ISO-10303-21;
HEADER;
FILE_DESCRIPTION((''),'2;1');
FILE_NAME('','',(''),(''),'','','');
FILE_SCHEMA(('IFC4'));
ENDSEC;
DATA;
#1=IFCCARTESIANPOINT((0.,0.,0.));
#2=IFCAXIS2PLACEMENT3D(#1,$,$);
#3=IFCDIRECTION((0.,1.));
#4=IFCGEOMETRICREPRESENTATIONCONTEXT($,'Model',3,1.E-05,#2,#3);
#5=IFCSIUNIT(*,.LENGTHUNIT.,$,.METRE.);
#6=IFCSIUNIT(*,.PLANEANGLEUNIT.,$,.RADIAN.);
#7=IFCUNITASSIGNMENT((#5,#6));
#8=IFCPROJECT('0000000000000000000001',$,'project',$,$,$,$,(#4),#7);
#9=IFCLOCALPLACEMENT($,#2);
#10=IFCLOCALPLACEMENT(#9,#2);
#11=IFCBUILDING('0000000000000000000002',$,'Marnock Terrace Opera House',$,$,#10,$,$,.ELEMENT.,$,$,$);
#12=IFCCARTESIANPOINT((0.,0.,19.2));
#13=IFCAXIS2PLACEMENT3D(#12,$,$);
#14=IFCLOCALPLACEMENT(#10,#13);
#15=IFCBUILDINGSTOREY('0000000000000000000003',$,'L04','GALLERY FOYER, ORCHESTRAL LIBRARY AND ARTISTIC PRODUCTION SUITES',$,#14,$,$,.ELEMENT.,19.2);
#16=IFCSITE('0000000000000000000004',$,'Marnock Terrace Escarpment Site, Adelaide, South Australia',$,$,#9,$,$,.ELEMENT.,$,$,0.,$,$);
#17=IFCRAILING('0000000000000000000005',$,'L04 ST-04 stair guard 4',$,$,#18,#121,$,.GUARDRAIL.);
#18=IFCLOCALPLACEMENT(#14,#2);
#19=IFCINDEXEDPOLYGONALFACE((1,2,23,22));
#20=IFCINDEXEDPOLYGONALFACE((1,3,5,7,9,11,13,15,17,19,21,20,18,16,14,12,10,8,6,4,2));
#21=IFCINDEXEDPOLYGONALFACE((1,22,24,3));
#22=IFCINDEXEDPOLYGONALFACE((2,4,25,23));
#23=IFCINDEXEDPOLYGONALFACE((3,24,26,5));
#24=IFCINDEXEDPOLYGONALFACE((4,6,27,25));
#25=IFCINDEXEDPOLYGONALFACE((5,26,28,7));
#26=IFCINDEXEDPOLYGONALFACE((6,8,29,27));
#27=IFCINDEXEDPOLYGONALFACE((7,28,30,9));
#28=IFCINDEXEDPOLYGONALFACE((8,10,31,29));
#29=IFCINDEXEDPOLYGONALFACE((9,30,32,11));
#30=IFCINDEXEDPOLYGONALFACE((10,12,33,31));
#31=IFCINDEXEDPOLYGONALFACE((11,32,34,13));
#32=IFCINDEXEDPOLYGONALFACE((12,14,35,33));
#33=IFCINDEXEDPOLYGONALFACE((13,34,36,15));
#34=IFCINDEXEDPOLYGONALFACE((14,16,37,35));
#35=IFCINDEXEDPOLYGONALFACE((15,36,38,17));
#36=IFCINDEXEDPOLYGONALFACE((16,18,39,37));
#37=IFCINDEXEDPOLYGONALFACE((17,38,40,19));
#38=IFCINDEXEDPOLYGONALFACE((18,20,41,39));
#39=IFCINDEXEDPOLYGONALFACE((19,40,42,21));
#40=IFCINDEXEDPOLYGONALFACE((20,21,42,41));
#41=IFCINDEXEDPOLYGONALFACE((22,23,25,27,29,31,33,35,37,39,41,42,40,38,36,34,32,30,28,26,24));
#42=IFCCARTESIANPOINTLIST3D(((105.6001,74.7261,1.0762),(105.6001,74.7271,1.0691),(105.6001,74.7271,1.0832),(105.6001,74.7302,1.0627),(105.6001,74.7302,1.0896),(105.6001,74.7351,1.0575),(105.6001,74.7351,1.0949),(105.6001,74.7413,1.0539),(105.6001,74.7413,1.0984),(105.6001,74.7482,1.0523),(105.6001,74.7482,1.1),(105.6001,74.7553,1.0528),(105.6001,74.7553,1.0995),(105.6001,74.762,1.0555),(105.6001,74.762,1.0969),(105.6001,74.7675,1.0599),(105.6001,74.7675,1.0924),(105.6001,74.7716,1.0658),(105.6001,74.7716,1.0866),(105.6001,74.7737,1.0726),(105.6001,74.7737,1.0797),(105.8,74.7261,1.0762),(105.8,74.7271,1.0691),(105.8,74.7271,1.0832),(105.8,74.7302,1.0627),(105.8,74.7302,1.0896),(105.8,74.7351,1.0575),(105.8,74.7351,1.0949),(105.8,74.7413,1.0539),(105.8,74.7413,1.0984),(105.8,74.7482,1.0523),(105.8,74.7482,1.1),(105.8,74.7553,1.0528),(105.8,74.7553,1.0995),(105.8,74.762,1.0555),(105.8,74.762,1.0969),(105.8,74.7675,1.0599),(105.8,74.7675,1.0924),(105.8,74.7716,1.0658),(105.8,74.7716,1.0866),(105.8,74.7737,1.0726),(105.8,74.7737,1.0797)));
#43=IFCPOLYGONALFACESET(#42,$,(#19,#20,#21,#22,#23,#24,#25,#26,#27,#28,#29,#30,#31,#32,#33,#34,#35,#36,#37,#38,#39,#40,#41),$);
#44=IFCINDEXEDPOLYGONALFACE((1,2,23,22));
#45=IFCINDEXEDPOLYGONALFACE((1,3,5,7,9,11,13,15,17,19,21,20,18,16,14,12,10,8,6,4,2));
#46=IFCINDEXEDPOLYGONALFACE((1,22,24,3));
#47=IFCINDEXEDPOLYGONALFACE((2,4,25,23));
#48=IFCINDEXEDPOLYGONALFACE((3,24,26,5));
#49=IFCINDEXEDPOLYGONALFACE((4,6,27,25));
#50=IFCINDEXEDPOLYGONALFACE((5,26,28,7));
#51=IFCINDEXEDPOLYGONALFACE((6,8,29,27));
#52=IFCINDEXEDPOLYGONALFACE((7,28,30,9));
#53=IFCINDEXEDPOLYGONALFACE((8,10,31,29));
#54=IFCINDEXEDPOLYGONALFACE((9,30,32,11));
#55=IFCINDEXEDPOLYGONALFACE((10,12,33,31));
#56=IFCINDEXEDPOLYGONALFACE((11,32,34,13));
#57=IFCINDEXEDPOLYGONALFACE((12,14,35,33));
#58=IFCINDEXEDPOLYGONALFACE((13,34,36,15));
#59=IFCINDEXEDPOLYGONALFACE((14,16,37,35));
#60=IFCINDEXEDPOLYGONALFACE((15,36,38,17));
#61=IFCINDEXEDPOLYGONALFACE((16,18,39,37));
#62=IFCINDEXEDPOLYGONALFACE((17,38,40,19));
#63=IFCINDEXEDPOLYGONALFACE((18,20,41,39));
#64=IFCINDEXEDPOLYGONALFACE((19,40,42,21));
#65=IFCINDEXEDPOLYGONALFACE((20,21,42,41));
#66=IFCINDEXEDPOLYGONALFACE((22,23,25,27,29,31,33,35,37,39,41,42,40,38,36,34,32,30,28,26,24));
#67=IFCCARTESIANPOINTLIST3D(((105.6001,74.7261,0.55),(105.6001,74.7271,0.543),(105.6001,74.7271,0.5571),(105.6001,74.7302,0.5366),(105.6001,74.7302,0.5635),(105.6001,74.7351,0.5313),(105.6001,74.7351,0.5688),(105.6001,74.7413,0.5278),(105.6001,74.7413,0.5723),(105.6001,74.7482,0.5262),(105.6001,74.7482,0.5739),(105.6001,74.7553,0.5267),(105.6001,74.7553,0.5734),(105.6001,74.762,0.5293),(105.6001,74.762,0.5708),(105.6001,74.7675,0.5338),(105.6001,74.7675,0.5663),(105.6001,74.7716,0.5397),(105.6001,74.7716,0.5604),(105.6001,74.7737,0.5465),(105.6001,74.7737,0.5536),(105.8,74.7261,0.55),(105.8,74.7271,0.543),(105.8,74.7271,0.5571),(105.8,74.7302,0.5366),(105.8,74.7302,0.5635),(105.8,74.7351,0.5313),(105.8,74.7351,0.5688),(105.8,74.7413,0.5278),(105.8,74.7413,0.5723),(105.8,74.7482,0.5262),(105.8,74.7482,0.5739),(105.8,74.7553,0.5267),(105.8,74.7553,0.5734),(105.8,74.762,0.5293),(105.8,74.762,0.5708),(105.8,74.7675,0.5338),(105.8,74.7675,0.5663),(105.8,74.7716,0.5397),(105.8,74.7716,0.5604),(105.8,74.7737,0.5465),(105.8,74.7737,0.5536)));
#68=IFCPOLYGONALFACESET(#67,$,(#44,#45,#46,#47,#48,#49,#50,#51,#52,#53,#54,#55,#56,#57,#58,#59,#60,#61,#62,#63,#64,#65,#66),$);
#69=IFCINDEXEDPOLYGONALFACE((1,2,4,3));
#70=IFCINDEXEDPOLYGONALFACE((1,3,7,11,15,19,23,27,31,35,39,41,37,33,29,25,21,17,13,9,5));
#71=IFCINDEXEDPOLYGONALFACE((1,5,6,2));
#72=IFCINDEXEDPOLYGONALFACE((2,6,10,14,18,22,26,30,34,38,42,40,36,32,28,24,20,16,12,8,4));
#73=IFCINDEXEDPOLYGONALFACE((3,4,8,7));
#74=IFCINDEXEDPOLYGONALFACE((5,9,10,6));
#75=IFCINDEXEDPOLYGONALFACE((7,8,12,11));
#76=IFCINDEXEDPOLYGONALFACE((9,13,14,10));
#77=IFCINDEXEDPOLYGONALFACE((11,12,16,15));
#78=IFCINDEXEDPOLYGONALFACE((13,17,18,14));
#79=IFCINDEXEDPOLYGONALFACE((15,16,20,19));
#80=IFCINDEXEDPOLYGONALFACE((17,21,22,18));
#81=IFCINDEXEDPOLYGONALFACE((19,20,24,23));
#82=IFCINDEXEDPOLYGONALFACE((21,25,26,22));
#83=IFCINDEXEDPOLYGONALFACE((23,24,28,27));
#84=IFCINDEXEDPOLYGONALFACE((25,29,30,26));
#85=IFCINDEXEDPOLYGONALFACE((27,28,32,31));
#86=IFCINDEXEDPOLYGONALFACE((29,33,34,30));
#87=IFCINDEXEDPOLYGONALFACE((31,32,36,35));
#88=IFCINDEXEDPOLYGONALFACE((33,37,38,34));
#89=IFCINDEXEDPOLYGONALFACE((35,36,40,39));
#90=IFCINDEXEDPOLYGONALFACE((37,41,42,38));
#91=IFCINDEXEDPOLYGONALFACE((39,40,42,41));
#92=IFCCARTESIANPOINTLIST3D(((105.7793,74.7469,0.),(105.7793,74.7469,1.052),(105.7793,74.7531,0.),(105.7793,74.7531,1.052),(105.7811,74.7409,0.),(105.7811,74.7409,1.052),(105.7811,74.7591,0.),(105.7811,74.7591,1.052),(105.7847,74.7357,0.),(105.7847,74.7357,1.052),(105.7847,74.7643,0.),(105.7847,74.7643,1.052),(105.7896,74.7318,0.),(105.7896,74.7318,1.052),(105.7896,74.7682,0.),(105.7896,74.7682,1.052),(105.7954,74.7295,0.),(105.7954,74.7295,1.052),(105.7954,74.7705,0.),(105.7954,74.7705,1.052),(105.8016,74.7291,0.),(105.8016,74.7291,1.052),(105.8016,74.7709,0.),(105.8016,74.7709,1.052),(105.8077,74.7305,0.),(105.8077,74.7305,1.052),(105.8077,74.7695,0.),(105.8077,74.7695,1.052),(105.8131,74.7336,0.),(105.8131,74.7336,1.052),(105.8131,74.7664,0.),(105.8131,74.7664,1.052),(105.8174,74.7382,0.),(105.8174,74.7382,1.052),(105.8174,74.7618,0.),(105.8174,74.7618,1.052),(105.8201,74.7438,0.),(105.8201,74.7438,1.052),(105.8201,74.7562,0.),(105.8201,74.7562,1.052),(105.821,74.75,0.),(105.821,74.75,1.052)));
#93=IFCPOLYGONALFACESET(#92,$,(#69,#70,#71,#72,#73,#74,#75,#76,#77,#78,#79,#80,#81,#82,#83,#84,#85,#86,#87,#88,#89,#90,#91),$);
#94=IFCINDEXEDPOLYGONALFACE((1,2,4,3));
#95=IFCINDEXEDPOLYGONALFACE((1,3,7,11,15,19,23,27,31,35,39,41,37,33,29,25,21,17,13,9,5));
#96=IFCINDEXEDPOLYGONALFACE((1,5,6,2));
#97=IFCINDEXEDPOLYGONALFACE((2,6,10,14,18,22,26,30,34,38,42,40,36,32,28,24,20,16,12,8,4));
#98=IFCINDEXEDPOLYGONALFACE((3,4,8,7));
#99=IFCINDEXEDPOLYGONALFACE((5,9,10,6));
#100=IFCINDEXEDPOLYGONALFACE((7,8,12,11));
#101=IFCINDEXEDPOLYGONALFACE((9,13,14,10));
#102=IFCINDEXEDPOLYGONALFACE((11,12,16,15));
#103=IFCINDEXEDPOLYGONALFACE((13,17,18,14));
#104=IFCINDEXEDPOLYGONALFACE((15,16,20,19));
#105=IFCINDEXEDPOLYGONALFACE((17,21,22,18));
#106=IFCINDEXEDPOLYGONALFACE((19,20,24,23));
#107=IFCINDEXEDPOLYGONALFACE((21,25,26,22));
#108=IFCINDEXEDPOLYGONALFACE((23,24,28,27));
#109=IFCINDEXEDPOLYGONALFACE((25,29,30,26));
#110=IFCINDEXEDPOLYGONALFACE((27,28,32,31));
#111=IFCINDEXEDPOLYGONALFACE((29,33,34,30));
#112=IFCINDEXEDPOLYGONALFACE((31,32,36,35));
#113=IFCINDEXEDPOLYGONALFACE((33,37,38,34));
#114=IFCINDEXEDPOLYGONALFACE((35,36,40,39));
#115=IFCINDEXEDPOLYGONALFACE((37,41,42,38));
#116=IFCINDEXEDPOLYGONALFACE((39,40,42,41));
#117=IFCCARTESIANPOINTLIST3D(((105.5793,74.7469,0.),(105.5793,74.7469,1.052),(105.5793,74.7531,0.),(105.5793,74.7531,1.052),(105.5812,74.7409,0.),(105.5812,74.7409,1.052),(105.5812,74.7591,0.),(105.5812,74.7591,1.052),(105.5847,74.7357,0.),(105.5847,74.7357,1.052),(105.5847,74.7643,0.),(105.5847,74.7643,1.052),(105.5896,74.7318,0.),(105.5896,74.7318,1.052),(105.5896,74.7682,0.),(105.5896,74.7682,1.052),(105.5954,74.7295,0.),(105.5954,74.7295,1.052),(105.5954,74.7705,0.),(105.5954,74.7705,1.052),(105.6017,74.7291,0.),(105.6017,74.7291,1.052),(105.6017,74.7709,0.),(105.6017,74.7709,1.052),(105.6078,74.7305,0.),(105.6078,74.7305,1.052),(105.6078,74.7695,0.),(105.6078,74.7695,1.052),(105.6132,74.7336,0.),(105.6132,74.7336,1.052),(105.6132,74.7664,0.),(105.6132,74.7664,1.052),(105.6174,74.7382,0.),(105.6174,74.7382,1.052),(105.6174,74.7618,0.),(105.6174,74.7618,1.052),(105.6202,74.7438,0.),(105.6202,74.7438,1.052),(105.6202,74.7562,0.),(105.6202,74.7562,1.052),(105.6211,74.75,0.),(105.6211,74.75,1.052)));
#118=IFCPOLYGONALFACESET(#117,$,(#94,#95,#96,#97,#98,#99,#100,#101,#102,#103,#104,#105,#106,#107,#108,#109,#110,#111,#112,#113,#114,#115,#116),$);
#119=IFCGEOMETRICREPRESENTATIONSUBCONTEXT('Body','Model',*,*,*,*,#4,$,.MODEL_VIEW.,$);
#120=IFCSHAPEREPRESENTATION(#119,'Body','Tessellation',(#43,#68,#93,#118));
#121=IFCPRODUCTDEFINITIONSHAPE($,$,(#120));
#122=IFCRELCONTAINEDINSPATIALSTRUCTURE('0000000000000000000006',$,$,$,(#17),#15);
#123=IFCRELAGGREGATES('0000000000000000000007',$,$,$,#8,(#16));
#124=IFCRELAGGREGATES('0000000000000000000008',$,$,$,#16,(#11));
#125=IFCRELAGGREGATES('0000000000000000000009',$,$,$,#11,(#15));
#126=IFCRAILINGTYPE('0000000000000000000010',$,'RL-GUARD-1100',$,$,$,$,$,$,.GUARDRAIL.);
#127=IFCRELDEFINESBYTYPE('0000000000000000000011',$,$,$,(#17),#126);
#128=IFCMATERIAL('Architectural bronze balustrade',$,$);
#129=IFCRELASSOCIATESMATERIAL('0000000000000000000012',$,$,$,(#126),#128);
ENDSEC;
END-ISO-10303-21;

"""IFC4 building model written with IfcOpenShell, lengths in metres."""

from ifc_helpers import new_model, si_unit, direction, frame, origin, origin_2d, place, context, subcontext, project, spatial, circle, extrude, material, type_object, element, save


model = new_model("IFC4")

# Units and contexts
model_context = context("Model", 3, precision=1e-05, world=origin(), true_north=direction((0.0, 1.0)))
body_context = subcontext(model_context, "Body", "Model", "MODEL_VIEW")
ifc_project = project(units=[si_unit("LENGTHUNIT", "METRE"), si_unit("PLANEANGLEUNIT", "RADIAN")], contexts=[model_context])

# Site, building, storey
site_placement = place(None, origin())
site = spatial("IfcSite", under=ifc_project, at=site_placement, Name="Marnock Terrace Escarpment Site, Adelaide, South Australia", CompositionType="ELEMENT", RefElevation=0.0)
building_placement = place(site_placement, origin())
building = spatial("IfcBuilding", under=site, at=building_placement, Name="Marnock Terrace Opera House", CompositionType="ELEMENT")
storey_placement = place(building_placement, frame((0.0, 0.0, 19.2)))
storey = spatial("IfcBuildingStorey", under=building, at=storey_placement, Name="L04", Description="GALLERY FOYER, ORCHESTRAL LIBRARY AND ARTISTIC PRODUCTION SUITES", CompositionType="ELEMENT", Elevation=19.2)

# Railing
ifc_material_1 = material(Name="Architectural bronze balustrade")
railing_type_1 = type_object("IfcRailingType", Name="RL-GUARD-1100", PredefinedType="GUARDRAIL", material=ifc_material_1)
railing_1_placement = place(storey_placement, frame((105.8, 74.75, 0.0)))
element("IfcRailing", 1, at=railing_1_placement, inside=storey, type_object=railing_type_1, Name="L04 ST-04 stair guard 4", PredefinedType="GUARDRAIL", context=body_context, shape_type="SweptSolid", body=[
    extrude(circle(Radius=0.0239, at=origin_2d()), frame((0.0, 0.0, 1.0762), z_axis=(-1.0, 0.0, 0.0), x_axis=(0.0, -1.0, 0.0)), (0.0, 0.0, 1.0), 0.2),
    extrude(circle(Radius=0.0239, at=origin_2d()), frame((0.0, 0.0, 0.55), z_axis=(-1.0, 0.0, 0.0), x_axis=(0.0, -1.0, 0.0)), (0.0, 0.0, 1.0), 0.2),
    extrude(circle(Radius=0.021, at=origin_2d()), origin(), (0.0, 0.0, 1.0), 1.052),
    extrude(circle(Radius=0.021, at=origin_2d()), frame((-0.2, 0.0, 0.0)), (0.0, 0.0, 1.0), 1.052),
])

save(model, "model.ifc")
